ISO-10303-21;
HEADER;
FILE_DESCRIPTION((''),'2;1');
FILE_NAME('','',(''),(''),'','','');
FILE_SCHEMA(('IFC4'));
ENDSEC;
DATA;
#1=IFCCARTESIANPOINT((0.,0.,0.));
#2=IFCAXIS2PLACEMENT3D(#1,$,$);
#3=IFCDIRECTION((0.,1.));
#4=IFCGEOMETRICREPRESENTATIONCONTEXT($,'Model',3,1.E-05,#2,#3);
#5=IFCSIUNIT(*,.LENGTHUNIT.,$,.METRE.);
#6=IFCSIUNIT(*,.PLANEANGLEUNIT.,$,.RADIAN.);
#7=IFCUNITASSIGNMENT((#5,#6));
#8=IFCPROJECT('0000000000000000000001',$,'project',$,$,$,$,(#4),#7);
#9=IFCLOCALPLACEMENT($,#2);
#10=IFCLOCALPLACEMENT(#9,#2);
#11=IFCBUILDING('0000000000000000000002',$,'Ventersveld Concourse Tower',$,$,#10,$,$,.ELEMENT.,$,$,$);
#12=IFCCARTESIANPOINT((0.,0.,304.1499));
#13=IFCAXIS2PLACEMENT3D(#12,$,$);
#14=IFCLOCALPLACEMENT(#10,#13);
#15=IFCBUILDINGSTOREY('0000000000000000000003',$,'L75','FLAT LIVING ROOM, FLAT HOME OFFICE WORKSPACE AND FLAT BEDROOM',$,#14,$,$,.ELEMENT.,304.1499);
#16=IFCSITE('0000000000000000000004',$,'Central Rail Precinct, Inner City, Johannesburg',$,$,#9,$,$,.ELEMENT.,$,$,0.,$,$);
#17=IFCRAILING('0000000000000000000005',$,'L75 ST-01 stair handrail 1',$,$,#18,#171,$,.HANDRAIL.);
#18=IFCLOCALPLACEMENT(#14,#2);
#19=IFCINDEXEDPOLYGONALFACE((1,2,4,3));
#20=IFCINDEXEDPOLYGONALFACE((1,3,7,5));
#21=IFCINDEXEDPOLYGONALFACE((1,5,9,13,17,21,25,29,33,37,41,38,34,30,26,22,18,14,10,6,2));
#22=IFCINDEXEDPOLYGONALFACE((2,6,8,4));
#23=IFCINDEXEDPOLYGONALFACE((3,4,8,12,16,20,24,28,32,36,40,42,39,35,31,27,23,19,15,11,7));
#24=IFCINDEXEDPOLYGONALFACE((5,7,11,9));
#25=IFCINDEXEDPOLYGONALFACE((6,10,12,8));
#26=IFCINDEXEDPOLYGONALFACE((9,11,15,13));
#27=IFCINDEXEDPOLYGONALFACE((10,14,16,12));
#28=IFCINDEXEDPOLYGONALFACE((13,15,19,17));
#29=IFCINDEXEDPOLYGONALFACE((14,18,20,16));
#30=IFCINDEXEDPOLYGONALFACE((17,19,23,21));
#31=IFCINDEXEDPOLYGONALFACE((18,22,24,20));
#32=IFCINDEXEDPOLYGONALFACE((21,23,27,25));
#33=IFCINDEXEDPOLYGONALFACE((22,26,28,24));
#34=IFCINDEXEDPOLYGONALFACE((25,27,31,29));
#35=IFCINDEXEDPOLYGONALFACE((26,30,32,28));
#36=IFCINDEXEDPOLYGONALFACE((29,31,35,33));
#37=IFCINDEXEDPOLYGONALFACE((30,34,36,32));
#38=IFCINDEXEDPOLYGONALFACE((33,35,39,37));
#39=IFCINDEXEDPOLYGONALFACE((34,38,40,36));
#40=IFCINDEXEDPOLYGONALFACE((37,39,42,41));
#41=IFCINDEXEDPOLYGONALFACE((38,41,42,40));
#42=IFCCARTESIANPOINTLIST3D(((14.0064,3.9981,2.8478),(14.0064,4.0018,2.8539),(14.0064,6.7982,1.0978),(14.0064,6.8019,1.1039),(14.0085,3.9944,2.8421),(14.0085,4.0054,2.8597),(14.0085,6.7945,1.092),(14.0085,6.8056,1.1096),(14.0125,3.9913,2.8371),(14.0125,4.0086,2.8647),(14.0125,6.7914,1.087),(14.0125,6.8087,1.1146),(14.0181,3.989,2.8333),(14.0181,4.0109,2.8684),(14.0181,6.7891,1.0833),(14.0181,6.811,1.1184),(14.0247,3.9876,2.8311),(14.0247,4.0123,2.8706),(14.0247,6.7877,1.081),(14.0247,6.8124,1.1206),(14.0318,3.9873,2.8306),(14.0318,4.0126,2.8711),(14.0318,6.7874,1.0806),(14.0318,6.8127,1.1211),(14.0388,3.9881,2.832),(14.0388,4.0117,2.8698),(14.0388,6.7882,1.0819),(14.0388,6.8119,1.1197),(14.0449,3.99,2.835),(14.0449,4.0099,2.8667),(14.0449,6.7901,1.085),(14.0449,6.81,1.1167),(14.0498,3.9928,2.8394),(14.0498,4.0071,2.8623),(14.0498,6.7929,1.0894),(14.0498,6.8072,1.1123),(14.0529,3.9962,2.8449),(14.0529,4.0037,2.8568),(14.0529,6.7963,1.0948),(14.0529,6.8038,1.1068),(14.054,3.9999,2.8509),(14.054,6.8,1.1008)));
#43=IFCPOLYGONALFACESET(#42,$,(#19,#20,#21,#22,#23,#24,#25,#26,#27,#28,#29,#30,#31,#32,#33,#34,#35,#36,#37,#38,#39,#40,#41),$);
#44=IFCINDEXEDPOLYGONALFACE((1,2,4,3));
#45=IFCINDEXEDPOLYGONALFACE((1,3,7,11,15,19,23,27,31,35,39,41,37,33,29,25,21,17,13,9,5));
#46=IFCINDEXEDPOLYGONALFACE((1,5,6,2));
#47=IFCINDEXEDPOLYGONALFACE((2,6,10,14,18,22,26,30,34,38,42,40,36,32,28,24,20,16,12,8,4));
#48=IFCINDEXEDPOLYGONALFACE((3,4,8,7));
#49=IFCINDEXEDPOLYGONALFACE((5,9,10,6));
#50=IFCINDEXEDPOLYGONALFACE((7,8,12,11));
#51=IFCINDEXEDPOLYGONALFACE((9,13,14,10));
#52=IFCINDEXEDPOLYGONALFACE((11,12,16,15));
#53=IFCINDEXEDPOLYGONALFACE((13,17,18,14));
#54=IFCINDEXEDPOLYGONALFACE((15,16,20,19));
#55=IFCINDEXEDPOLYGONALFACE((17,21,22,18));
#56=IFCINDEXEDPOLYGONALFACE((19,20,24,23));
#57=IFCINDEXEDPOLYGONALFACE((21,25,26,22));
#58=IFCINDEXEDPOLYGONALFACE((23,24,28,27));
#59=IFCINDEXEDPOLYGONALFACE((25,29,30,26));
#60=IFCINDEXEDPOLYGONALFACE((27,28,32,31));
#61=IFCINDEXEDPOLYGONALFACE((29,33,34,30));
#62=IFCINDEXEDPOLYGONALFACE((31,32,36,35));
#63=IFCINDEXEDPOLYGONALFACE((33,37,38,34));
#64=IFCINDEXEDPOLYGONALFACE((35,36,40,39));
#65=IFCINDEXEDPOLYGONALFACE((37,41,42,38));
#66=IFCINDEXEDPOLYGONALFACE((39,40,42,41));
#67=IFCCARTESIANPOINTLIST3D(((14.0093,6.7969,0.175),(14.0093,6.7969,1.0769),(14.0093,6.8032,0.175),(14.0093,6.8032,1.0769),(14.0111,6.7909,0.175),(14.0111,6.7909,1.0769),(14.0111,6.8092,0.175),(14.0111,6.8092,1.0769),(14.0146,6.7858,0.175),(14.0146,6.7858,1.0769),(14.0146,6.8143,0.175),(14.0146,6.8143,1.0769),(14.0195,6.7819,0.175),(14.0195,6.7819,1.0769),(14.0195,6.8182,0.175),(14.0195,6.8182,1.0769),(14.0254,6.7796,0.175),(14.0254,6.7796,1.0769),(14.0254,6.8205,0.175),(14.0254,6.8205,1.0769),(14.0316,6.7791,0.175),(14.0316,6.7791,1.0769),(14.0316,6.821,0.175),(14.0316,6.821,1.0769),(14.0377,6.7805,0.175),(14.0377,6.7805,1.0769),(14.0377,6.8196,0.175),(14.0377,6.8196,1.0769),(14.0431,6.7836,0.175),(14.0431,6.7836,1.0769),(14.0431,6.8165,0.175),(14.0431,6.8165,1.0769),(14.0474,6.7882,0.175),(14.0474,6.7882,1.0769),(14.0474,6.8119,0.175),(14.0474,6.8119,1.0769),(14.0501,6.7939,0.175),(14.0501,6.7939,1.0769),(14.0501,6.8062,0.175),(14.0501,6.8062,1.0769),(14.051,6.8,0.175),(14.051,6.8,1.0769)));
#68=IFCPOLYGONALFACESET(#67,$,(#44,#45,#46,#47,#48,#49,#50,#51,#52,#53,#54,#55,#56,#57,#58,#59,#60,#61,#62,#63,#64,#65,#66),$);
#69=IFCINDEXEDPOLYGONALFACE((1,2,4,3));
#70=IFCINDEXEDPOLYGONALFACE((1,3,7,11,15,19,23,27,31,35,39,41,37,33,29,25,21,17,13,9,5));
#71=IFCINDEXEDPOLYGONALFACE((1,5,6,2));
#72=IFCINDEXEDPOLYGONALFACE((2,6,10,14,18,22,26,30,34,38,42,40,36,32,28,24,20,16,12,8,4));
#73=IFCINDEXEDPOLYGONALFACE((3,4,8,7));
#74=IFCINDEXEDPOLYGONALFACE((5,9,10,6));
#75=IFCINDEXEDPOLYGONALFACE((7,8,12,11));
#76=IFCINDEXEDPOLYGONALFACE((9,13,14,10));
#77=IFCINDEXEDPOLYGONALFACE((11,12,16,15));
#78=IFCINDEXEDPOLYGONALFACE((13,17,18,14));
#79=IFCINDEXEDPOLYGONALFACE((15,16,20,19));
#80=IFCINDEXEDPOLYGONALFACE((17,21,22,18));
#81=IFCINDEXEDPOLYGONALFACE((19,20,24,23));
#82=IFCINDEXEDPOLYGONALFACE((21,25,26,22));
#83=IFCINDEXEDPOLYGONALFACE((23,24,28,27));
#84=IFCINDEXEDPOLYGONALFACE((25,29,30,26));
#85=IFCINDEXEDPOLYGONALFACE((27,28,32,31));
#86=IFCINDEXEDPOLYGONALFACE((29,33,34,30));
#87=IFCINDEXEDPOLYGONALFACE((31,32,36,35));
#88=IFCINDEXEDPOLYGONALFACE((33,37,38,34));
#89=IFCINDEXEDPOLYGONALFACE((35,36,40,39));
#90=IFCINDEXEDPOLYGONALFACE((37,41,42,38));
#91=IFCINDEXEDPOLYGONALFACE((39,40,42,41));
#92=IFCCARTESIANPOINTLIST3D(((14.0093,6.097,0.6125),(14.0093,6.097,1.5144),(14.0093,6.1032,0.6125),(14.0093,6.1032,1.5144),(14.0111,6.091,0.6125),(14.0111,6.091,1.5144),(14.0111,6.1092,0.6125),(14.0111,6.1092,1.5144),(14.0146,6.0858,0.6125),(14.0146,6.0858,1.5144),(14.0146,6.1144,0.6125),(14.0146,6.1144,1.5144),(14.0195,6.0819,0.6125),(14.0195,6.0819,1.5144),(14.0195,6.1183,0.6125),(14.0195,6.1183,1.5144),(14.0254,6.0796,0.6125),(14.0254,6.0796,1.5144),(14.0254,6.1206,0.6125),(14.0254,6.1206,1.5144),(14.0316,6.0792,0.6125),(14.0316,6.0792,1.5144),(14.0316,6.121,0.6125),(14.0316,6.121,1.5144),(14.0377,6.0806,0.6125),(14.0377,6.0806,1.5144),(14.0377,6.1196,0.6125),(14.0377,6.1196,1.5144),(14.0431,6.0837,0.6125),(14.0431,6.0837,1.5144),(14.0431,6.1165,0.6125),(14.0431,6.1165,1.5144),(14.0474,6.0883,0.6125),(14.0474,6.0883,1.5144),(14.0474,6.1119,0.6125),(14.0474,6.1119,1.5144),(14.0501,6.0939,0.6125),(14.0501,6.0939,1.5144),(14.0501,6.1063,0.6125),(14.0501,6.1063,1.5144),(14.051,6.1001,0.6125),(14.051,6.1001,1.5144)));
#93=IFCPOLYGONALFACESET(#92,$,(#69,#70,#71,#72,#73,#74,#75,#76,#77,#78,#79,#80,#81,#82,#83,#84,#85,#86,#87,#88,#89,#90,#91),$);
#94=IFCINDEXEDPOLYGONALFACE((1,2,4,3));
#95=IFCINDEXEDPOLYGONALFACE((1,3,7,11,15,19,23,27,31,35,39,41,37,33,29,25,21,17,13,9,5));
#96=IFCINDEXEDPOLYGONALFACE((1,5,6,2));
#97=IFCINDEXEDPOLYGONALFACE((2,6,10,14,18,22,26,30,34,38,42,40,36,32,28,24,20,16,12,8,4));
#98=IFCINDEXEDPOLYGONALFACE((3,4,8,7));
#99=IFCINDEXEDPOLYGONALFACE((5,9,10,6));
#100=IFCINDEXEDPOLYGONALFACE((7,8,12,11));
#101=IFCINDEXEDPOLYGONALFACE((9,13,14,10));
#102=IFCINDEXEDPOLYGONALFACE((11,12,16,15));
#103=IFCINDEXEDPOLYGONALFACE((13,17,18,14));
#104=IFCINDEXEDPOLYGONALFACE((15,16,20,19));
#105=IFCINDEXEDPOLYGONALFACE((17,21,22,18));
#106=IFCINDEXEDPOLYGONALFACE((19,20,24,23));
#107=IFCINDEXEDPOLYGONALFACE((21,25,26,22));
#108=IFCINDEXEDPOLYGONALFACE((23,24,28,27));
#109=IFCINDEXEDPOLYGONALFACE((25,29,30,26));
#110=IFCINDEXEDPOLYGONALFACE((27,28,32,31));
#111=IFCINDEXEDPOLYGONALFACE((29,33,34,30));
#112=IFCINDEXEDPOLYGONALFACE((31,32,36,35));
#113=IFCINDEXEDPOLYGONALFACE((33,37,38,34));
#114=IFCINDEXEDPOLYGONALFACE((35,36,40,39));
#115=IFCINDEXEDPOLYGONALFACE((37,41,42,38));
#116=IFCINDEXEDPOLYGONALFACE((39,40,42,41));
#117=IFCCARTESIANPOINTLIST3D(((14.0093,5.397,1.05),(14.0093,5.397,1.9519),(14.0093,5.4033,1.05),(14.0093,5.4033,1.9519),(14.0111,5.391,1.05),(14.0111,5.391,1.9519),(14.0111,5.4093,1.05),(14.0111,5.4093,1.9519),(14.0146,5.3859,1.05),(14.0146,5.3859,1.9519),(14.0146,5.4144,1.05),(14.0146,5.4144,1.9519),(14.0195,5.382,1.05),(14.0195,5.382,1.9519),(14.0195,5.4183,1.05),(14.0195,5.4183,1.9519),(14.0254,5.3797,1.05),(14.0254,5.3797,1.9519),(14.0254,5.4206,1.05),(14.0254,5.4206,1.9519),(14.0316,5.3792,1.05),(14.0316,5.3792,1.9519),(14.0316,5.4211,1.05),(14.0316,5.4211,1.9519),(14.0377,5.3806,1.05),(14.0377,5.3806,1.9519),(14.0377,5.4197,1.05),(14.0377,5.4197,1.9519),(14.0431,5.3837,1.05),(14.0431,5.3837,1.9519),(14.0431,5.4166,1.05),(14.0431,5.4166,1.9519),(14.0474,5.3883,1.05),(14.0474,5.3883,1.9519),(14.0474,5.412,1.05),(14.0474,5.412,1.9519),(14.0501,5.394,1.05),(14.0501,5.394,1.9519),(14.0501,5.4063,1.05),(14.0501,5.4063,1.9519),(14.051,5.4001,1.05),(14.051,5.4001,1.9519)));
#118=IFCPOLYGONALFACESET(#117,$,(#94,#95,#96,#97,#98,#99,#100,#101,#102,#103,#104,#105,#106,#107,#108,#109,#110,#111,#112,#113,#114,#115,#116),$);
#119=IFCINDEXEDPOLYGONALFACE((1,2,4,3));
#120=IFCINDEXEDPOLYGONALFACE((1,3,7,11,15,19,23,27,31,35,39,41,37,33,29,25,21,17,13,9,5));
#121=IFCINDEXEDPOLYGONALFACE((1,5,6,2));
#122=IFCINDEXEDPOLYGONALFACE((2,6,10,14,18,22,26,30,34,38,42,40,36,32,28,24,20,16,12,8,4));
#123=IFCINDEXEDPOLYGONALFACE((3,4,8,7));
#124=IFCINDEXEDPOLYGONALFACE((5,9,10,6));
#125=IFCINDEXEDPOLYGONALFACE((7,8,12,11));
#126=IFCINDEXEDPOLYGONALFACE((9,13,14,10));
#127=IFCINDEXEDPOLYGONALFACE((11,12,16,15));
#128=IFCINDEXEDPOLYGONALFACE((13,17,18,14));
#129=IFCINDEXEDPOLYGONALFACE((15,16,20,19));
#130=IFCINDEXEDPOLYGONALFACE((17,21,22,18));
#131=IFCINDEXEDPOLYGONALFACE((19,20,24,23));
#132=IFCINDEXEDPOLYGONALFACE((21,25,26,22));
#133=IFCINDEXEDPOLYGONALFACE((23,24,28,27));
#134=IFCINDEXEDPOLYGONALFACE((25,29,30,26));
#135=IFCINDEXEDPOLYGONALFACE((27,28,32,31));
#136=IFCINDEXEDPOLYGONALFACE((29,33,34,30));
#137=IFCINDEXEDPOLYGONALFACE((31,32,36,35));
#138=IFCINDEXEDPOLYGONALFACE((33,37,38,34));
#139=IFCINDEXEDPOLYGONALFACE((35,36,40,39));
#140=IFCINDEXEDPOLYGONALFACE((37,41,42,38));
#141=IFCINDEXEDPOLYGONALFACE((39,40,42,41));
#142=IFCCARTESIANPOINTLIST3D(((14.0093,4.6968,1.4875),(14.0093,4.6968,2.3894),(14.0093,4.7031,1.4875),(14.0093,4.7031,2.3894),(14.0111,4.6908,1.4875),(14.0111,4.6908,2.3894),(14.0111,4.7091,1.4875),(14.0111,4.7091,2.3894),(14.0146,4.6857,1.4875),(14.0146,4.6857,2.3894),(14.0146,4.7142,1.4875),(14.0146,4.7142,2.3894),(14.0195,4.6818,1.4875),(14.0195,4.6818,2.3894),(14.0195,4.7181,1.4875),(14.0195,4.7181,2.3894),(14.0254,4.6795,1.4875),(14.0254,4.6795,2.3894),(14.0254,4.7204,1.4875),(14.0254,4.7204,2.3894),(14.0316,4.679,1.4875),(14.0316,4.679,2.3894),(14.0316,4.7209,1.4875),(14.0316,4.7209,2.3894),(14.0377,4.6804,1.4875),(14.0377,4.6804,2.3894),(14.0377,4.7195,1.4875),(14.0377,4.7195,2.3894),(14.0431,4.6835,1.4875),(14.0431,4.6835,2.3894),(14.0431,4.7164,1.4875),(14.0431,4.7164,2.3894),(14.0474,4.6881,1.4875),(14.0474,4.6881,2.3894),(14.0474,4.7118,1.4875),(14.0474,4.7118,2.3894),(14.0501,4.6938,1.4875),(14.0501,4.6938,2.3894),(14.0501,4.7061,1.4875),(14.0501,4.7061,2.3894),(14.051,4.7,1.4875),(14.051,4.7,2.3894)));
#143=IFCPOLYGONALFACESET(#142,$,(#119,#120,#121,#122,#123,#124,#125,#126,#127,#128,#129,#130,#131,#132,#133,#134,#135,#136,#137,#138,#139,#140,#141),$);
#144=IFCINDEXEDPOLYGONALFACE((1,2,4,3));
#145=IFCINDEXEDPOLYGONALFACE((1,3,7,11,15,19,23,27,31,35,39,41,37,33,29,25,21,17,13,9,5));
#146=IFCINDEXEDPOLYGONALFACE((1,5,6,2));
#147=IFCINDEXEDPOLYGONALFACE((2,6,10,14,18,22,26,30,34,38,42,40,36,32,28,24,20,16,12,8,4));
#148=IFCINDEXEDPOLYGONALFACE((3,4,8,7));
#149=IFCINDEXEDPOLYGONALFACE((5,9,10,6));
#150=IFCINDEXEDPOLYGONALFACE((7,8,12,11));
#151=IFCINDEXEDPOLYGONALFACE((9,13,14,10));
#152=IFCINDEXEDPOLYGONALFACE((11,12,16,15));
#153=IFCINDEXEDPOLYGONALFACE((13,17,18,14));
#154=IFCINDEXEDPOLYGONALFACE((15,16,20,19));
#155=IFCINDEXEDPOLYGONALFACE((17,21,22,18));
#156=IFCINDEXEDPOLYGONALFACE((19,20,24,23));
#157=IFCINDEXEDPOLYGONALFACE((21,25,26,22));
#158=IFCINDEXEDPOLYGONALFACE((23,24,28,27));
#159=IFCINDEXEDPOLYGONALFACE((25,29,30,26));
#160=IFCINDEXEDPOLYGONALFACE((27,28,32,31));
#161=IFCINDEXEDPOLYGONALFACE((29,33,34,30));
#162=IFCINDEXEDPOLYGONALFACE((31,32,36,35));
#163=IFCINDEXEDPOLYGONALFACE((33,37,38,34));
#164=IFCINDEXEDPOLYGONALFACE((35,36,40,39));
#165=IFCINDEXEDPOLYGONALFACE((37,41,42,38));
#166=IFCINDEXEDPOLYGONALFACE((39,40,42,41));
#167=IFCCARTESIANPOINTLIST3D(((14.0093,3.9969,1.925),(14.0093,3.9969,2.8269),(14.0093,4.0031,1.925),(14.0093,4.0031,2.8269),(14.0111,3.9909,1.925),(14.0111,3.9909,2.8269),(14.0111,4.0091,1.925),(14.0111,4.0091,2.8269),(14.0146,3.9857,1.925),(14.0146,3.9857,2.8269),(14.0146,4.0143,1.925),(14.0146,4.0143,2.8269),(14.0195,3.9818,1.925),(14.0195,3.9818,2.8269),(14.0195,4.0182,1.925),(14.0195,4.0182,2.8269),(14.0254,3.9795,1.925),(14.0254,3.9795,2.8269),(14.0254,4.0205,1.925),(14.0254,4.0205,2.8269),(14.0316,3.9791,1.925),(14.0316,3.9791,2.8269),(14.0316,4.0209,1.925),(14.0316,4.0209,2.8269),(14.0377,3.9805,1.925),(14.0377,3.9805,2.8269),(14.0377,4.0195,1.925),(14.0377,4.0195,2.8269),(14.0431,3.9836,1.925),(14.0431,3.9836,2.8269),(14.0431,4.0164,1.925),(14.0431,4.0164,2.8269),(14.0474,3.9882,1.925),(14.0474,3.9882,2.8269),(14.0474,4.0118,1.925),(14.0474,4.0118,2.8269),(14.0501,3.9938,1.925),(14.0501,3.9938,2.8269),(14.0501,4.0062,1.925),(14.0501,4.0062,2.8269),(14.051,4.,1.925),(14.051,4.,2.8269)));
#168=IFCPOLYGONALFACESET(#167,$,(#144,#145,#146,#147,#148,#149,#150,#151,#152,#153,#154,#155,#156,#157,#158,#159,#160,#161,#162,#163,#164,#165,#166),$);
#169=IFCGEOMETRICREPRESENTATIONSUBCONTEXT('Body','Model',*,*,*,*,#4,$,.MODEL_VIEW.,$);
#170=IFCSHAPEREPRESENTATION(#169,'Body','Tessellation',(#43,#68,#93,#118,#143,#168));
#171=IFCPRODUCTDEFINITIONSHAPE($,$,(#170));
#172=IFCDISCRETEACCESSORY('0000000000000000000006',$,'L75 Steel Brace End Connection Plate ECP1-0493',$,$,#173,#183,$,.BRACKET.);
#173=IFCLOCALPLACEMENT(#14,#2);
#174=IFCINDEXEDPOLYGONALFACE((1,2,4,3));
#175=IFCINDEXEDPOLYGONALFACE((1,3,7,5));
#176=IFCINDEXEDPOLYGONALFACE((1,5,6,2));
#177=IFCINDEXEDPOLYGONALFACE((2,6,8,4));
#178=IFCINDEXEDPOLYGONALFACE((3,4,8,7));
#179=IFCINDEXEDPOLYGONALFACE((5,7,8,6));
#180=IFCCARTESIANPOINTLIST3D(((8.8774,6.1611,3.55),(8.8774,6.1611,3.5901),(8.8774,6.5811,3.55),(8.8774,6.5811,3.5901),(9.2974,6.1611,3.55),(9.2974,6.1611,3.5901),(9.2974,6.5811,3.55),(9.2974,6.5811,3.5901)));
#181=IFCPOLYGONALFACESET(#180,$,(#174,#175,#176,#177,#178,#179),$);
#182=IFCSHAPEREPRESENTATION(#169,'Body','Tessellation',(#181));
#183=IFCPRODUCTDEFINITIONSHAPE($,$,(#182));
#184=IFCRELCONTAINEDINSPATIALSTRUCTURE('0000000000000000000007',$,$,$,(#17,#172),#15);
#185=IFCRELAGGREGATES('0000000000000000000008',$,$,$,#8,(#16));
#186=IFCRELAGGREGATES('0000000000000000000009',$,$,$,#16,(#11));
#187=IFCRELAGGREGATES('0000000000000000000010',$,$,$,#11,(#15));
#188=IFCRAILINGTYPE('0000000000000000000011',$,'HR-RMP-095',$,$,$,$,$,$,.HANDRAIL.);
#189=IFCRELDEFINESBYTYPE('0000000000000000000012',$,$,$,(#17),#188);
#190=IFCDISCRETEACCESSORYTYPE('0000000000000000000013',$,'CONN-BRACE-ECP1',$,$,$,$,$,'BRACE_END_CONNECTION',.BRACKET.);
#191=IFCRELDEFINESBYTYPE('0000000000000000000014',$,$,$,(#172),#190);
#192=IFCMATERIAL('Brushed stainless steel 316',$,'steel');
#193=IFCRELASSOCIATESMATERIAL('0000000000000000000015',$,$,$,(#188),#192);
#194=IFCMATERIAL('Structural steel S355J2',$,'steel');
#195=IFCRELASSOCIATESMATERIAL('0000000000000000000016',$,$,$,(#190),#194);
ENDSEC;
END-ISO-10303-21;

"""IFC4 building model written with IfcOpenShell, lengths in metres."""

from ifc_helpers import new_model, si_unit, direction, frame, origin, origin_2d, place, context, subcontext, project, spatial, rectangle, circle, extrude, material, type_object, element, save


model = new_model("IFC4")

# Units and contexts
model_context = context("Model", 3, precision=1e-05, world=origin(), true_north=direction((0.0, 1.0)))
body_context = subcontext(model_context, "Body", "Model", "MODEL_VIEW")
ifc_project = project(units=[si_unit("LENGTHUNIT", "METRE"), si_unit("PLANEANGLEUNIT", "RADIAN")], contexts=[model_context])

# Site, building, storey
site_placement = place(None, origin())
site = spatial("IfcSite", under=ifc_project, at=site_placement, Name="Central Rail Precinct, Inner City, Johannesburg", CompositionType="ELEMENT", RefElevation=0.0)
building_placement = place(site_placement, origin())
building = spatial("IfcBuilding", under=site, at=building_placement, Name="Ventersveld Concourse Tower", CompositionType="ELEMENT")
storey_placement = place(building_placement, frame((0.0, 0.0, 304.1499)))
storey = spatial("IfcBuildingStorey", under=building, at=storey_placement, Name="L75", Description="FLAT LIVING ROOM, FLAT HOME OFFICE WORKSPACE AND FLAT BEDROOM", CompositionType="ELEMENT", Elevation=304.1499)

# Shared definitions
ifc_material_1 = material(Name="Structural steel S355J2", Category="steel")

# Railing
ifc_material_2 = material(Name="Brushed stainless steel 316", Category="steel")
railing_type = type_object("IfcRailingType", Name="HR-RMP-095", PredefinedType="HANDRAIL", material=ifc_material_2)
railing_placement = place(storey_placement, frame((14.03, 6.8, 0.175)))
element("IfcRailing", 1, at=railing_placement, inside=storey, type_object=railing_type, Name="L75 ST-01 stair handrail 1", PredefinedType="HANDRAIL", context=body_context, shape_type="SweptSolid", body=[
    extrude(circle(Radius=0.0239, at=origin_2d()), frame((0.0, 0.0, 0.9258), z_axis=(0.0, -0.848002, 0.529992), x_axis=(1.0, 0.0, 0.0)), (0.0, 0.0, 1.0), 3.302),
    extrude(circle(Radius=0.021, at=origin_2d()), origin(), (0.0, 0.0, 1.0), 0.9019),
    extrude(circle(Radius=0.021, at=origin_2d()), frame((0.0, -0.7, 0.4375)), (0.0, 0.0, 1.0), 0.9019),
    extrude(circle(Radius=0.021, at=origin_2d()), frame((0.0, -1.3999, 0.875)), (0.0, 0.0, 1.0), 0.9019),
    extrude(circle(Radius=0.021, at=origin_2d()), frame((0.0, -2.1001, 1.3125)), (0.0, 0.0, 1.0), 0.9019),
    extrude(circle(Radius=0.021, at=origin_2d()), frame((0.0, -2.8, 1.75)), (0.0, 0.0, 1.0), 0.9019),
])

# Discrete accessory
discrete_accessory_type = type_object("IfcDiscreteAccessoryType", Name="CONN-BRACE-ECP1", ElementType="BRACE_END_CONNECTION", PredefinedType="BRACKET", material=ifc_material_1)
discrete_accessory_placement = place(storey_placement, frame((9.0874, 6.3711, 3.55), z_axis=(0.0, 0.0, 1.0), x_axis=(1.0, 0.0, 0.0)))
element("IfcDiscreteAccessory", 2, at=discrete_accessory_placement, inside=storey, type_object=discrete_accessory_type, Name="L75 Steel Brace End Connection Plate ECP1-0493", PredefinedType="BRACKET", context=body_context, shape_type="SweptSolid", body=[
    extrude(rectangle(XDim=0.4199, YDim=0.4199, at=origin_2d()), origin(), (0.0, 0.0, 1.0), 0.04),
])

save(model, "model.ifc")
